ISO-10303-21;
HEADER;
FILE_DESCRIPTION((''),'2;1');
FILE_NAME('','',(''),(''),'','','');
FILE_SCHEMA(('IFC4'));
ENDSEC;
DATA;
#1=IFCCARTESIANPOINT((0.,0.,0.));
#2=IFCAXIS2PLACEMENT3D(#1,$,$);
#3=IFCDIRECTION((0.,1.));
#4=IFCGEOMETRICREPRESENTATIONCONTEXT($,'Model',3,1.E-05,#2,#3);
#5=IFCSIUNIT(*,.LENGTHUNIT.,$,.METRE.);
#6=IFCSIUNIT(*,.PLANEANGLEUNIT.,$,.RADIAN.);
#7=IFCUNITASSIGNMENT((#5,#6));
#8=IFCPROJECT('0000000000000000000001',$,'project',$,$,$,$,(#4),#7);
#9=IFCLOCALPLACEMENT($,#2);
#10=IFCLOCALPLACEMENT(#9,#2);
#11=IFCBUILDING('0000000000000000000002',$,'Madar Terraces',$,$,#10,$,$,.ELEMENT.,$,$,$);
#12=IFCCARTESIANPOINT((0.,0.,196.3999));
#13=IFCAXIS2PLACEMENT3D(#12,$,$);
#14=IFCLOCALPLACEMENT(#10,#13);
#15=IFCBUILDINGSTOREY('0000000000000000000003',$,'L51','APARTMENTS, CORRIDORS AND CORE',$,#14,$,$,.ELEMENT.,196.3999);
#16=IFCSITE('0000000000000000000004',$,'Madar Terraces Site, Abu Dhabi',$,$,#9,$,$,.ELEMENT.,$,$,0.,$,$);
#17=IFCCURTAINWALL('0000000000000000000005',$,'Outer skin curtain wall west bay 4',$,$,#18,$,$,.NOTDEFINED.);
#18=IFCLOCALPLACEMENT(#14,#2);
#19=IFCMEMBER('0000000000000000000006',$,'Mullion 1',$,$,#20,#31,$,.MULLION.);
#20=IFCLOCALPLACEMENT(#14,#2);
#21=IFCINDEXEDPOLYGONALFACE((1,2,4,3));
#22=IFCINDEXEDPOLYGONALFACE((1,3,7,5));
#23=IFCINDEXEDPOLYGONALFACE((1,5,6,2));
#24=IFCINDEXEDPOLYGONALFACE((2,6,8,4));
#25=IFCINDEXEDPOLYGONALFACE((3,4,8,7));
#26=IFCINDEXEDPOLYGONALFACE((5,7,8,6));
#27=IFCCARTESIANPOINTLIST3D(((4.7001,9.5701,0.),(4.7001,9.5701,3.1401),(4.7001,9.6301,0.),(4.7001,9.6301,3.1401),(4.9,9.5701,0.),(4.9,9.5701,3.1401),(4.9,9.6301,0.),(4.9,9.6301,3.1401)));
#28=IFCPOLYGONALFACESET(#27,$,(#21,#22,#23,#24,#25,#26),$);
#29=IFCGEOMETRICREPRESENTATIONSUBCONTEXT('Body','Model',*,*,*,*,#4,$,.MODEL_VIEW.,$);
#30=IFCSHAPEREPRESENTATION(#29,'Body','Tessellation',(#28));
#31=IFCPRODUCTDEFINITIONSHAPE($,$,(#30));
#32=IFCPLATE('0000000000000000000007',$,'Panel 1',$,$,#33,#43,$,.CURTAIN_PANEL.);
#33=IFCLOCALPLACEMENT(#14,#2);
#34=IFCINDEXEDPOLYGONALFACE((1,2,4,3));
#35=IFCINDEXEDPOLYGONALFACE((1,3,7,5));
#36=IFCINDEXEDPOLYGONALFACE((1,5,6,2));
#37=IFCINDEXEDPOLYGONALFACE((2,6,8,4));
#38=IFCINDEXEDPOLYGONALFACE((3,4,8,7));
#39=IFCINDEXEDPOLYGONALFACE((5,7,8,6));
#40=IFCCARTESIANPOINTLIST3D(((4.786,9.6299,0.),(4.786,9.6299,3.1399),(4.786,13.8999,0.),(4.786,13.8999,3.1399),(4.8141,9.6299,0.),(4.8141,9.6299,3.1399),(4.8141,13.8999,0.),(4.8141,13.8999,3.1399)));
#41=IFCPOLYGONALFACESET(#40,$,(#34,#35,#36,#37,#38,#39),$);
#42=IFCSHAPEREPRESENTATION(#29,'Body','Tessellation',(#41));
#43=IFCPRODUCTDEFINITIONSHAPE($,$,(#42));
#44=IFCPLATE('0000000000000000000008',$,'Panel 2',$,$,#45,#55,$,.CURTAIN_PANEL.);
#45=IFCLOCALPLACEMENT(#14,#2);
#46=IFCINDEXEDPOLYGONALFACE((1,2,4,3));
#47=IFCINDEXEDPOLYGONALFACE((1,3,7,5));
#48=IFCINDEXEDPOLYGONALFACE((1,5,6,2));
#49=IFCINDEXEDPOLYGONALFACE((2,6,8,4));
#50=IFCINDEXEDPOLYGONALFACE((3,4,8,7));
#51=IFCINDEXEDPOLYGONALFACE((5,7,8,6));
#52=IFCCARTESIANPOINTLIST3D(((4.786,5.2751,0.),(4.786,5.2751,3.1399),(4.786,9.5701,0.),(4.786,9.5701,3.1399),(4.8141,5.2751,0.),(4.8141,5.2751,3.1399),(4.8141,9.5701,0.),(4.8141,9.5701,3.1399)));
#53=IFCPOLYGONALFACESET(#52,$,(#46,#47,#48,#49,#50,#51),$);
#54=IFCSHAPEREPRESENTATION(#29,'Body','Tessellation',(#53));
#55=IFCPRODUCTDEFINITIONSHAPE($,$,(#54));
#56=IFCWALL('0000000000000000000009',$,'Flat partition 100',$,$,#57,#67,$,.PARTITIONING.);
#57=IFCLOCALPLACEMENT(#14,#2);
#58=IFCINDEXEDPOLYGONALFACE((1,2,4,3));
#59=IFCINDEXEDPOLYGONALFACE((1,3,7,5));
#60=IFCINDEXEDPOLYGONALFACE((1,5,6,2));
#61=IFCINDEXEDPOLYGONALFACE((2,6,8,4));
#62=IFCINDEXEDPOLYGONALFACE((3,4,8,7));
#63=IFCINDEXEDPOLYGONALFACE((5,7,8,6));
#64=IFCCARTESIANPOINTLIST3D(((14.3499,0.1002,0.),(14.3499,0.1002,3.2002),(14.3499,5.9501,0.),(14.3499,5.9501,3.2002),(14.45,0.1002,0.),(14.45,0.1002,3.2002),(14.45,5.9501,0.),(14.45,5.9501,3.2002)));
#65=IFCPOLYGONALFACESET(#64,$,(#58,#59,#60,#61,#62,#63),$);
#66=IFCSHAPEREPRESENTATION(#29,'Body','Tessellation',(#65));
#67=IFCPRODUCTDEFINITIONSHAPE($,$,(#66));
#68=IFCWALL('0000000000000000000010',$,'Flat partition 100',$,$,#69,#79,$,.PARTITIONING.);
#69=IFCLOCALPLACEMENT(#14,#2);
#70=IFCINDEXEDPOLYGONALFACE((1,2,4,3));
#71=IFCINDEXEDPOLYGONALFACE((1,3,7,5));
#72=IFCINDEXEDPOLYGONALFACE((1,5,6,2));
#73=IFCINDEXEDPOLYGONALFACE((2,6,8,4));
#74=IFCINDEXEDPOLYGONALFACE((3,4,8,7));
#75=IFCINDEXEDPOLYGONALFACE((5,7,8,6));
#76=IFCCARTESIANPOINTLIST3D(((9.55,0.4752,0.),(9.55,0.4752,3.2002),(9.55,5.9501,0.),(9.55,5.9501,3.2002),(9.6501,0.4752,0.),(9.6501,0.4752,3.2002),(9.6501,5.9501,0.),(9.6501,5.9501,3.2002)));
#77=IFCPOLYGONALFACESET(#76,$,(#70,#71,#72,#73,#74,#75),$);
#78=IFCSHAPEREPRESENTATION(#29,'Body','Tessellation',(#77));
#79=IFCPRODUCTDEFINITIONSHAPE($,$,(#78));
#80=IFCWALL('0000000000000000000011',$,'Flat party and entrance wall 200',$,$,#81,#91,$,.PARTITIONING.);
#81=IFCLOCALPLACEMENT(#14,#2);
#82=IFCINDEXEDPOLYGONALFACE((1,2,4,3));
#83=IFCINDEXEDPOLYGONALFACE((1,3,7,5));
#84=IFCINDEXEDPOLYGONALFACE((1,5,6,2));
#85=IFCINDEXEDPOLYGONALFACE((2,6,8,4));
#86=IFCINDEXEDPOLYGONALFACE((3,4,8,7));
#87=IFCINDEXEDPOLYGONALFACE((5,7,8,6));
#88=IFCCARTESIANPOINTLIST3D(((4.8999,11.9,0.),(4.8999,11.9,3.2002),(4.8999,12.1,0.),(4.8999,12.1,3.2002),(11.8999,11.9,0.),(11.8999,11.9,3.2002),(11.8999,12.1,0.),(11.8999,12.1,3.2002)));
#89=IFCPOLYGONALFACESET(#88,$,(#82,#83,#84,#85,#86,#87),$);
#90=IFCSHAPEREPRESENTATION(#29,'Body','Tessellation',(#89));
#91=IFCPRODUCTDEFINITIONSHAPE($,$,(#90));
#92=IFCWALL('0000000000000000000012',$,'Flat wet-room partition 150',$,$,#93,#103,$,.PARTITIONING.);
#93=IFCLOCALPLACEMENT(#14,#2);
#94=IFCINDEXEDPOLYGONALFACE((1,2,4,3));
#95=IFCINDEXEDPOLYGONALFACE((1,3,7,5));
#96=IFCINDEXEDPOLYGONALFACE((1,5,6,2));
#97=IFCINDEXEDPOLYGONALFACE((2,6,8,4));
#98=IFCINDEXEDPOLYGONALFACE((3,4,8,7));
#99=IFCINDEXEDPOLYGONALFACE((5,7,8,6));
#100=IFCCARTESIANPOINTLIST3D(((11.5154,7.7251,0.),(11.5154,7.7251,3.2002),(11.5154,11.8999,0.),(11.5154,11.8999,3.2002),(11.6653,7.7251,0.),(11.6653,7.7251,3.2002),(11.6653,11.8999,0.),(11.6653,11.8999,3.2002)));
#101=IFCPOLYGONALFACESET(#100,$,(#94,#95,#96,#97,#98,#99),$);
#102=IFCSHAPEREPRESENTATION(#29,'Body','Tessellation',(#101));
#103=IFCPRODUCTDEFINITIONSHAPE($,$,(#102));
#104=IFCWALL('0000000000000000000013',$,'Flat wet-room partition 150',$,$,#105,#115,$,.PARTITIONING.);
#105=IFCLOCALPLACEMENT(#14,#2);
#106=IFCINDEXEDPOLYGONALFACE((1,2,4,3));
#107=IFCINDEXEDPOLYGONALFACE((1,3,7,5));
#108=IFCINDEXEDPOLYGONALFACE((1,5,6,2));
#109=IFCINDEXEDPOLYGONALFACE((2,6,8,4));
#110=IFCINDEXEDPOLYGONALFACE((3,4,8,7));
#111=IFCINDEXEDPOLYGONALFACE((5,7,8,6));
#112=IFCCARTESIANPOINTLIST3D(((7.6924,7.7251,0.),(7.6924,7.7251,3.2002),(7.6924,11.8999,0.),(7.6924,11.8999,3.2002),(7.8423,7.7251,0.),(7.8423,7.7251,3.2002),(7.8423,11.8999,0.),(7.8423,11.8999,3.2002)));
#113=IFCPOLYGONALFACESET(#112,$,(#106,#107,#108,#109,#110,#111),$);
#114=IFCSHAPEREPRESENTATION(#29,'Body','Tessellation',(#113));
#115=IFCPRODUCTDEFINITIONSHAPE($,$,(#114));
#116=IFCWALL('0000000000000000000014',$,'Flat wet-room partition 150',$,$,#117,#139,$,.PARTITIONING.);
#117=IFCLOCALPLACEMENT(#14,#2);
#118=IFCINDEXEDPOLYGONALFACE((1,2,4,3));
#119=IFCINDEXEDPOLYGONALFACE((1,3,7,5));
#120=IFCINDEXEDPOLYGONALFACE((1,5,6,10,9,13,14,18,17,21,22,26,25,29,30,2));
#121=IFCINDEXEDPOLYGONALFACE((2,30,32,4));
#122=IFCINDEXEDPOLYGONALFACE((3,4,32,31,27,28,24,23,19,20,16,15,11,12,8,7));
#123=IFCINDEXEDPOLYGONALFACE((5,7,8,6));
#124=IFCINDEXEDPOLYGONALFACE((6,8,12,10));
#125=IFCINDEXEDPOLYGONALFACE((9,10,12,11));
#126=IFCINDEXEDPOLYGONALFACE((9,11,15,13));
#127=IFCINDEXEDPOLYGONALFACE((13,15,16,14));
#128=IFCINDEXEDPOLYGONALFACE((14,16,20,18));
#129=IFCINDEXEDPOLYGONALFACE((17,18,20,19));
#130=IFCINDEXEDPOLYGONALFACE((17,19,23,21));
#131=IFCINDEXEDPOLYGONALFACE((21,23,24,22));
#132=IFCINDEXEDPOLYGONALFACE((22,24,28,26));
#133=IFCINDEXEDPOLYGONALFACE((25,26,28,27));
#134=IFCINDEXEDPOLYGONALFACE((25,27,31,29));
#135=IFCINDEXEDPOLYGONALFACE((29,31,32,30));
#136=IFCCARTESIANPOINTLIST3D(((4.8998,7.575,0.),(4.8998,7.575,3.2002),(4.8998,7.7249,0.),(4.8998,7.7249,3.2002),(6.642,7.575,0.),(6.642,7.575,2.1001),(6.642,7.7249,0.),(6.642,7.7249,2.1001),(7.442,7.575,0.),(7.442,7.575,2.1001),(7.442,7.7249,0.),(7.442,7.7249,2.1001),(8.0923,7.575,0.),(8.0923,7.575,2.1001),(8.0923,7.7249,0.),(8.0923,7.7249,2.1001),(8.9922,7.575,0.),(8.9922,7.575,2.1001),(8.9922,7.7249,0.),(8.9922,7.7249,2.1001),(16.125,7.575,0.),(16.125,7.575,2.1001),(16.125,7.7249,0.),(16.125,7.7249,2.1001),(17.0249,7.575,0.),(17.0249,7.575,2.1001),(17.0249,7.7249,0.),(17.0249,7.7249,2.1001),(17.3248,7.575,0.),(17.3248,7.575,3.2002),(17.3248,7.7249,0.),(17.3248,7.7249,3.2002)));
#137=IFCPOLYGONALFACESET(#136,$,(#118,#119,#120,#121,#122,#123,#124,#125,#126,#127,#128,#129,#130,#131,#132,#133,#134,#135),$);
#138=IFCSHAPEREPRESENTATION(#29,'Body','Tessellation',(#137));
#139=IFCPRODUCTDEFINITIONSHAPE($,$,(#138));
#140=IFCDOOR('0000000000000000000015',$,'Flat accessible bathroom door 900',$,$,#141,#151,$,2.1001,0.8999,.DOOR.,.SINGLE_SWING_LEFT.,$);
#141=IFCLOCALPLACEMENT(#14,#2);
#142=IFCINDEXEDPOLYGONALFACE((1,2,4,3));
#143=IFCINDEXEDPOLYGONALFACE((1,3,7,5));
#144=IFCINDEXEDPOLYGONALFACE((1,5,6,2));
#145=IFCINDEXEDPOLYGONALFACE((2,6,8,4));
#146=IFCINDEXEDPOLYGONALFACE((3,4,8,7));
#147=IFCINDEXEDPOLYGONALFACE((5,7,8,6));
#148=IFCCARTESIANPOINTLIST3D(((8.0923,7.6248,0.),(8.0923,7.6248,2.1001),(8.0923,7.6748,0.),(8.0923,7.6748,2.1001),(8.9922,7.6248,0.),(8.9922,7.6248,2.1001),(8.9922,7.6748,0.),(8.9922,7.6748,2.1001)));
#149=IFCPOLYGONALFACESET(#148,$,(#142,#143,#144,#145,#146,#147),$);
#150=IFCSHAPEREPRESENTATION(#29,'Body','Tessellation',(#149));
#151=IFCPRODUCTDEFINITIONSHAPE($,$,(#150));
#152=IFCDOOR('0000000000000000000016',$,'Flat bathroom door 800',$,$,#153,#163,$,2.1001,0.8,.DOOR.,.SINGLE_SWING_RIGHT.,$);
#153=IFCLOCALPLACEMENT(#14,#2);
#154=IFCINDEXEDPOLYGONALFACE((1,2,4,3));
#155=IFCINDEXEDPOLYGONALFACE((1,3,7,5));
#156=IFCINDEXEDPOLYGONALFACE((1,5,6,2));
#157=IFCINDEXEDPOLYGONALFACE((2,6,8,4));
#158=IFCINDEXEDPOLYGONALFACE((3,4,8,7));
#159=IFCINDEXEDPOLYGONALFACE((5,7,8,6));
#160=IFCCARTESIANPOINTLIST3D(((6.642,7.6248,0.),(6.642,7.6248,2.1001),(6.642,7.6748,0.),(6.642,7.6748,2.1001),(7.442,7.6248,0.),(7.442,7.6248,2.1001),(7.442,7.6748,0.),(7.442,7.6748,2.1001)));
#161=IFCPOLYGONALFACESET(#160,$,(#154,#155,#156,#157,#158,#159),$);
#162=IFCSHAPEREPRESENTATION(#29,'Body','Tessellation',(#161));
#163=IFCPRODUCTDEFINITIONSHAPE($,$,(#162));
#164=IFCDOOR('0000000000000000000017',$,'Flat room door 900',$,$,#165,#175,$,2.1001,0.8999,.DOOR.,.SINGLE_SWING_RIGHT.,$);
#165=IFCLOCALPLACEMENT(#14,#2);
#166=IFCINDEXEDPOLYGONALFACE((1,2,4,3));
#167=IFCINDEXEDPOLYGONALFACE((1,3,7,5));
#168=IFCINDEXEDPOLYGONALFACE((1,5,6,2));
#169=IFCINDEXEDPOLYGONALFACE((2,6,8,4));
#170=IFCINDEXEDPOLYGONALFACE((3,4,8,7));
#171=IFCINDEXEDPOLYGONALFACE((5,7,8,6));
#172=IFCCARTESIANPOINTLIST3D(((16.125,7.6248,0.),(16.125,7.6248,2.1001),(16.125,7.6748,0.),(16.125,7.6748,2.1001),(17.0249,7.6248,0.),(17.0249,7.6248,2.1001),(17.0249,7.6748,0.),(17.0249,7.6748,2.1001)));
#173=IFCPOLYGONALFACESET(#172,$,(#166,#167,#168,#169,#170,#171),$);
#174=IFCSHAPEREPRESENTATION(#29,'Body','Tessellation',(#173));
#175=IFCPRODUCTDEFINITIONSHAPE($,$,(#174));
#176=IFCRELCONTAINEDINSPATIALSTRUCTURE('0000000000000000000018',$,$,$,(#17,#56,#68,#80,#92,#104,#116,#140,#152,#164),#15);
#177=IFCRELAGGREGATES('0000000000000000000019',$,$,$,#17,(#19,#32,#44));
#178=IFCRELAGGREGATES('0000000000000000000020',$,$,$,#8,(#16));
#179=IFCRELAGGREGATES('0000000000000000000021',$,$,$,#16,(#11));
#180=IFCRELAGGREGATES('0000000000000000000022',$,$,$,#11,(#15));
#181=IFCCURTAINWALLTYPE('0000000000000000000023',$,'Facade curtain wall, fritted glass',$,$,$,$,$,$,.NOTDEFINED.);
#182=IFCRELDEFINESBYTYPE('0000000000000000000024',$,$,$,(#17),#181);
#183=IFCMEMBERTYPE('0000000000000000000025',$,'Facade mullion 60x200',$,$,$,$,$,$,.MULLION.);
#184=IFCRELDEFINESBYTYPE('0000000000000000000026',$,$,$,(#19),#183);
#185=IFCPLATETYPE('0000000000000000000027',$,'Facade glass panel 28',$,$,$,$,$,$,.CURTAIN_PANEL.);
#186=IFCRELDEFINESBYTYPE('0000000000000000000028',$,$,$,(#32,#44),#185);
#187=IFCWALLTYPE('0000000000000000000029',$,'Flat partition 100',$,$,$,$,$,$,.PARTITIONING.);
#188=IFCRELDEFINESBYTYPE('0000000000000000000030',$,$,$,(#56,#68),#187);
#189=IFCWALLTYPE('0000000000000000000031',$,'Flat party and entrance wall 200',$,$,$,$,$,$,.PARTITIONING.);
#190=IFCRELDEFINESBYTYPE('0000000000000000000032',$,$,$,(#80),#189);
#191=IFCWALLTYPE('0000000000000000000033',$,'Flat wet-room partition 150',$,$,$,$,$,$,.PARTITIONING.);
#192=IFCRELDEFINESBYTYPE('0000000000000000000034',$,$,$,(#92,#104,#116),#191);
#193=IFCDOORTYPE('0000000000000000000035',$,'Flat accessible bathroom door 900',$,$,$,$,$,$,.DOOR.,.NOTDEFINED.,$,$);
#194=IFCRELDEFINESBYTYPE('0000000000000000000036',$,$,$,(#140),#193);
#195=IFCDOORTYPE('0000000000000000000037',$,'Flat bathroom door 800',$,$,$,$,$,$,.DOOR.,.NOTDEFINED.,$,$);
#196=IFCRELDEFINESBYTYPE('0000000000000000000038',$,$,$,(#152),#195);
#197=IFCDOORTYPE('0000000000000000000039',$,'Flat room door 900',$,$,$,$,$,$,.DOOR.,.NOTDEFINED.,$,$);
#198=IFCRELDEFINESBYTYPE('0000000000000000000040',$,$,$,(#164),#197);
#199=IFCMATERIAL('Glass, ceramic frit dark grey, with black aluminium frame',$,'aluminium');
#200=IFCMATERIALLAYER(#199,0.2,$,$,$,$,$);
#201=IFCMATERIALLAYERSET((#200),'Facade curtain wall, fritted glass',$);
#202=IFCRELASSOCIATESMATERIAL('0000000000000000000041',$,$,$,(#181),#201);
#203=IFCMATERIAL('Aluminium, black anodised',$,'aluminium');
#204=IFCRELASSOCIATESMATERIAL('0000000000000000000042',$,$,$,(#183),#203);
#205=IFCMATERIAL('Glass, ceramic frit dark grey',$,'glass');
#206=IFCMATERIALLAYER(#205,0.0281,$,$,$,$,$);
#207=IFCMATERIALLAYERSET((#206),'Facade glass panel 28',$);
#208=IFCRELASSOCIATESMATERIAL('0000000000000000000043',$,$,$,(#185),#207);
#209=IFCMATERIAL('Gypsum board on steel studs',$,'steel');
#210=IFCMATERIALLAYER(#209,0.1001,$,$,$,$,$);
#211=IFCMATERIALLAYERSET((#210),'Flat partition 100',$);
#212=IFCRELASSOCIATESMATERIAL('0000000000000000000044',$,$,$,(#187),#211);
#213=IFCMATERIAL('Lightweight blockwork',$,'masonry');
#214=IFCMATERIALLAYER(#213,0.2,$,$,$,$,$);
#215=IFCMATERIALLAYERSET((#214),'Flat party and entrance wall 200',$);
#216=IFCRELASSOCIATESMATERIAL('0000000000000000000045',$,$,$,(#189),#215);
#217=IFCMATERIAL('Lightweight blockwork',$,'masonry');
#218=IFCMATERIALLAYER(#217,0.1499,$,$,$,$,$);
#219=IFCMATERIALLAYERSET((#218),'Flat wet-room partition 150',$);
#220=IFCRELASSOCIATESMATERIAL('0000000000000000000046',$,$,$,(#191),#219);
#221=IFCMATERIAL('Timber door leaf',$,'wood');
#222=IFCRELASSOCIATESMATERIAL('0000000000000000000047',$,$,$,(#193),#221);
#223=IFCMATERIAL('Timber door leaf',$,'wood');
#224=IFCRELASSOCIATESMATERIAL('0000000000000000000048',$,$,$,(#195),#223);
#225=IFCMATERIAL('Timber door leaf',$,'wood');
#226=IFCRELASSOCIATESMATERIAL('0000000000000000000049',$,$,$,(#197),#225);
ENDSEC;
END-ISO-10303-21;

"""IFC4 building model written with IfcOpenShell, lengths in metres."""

from ifc_helpers import new_model, si_unit, direction, frame, frame_2d, origin, origin_2d, place, context, subcontext, project, spatial, rectangle, extrude, material, layer, layer_set, material_profile, profile_set, type_object, element, fill, aggregate, save


model = new_model("IFC4")

# Units and contexts
model_context = context("Model", 3, precision=1e-05, world=origin(), true_north=direction((0.0, 1.0)))
body_context = subcontext(model_context, "Body", "Model", "MODEL_VIEW")
ifc_project = project(units=[si_unit("LENGTHUNIT", "METRE"), si_unit("PLANEANGLEUNIT", "RADIAN")], contexts=[model_context])

# Site, building, storey
site_placement = place(None, origin())
site = spatial("IfcSite", under=ifc_project, at=site_placement, Name="Madar Terraces Site, Abu Dhabi", CompositionType="ELEMENT", RefElevation=0.0)
building_placement = place(site_placement, origin())
building = spatial("IfcBuilding", under=site, at=building_placement, Name="Madar Terraces", CompositionType="ELEMENT")
storey_placement = place(building_placement, frame((0.0, 0.0, 196.3999)))
storey = spatial("IfcBuildingStorey", under=building, at=storey_placement, Name="L51", Description="APARTMENTS, CORRIDORS AND CORE", CompositionType="ELEMENT", Elevation=196.3999)

# Curtain wall, member, plates
ifc_material_1 = material(Name="Glass, ceramic frit dark grey, with black aluminium frame", Category="aluminium")
ifc_layer_1 = layer(ifc_material_1, 0.2)
ifc_layer_set_1 = layer_set([ifc_layer_1], Name="Facade curtain wall, fritted glass")
curtain_wall_type = type_object("IfcCurtainWallType", Name="Facade curtain wall, fritted glass", PredefinedType="NOTDEFINED", material=ifc_layer_set_1)
curtain_wall_placement = place(storey_placement, origin())
curtain_wall = element("IfcCurtainWall", 1, at=curtain_wall_placement, inside=storey, type_object=curtain_wall_type, Name="Outer skin curtain wall west bay 4", PredefinedType="NOTDEFINED")
ifc_material_2 = material(Name="Aluminium, black anodised", Category="aluminium")
ifc_material_profile = material_profile(ifc_material_2, rectangle(XDim=0.2, YDim=0.0601, at=origin_2d()), Name="Facade mullion 60x200")
ifc_profile_set = profile_set([ifc_material_profile], Name="Aluminium, black anodised")
member_type = type_object("IfcMemberType", Name="Facade mullion 60x200", PredefinedType="MULLION", material=ifc_profile_set)
member_placement = place(storey_placement, frame((4.8, 9.6001, 0.0), z_axis=(0.0, 0.0, 1.0), x_axis=(1.0, 0.0, 0.0)))
member = element("IfcMember", 2, at=member_placement, type_object=member_type, Name="Mullion 1", PredefinedType="MULLION", context=body_context, shape_type="SweptSolid", body=[
    extrude(rectangle(XDim=0.2, YDim=0.0601, at=origin_2d()), origin(), (0.0, 0.0, 1.0), 3.1401),
])
ifc_material_3 = material(Name="Glass, ceramic frit dark grey", Category="glass")
ifc_layer_2 = layer(ifc_material_3, 0.0281)
ifc_layer_set_2 = layer_set([ifc_layer_2], Name="Facade glass panel 28")
plate_type = type_object("IfcPlateType", Name="Facade glass panel 28", PredefinedType="CURTAIN_PANEL", material=ifc_layer_set_2)
plate_1_placement = place(storey_placement, frame((4.8, 11.7649, 0.0), z_axis=(0.0, 0.0, 1.0), x_axis=(0.0, -1.0, 0.0)))
plate_1 = element("IfcPlate", 3, at=plate_1_placement, type_object=plate_type, Name="Panel 1", PredefinedType="CURTAIN_PANEL", context=body_context, shape_type="SweptSolid", body=[
    extrude(rectangle(XDim=4.27, YDim=0.0281, at=origin_2d()), origin(), (0.0, 0.0, 1.0), 3.1399),
])
plate_2_placement = place(storey_placement, frame((4.8, 7.4226, 0.0), z_axis=(0.0, 0.0, 1.0), x_axis=(0.0, -1.0, 0.0)))
plate_2 = element("IfcPlate", 4, at=plate_2_placement, type_object=plate_type, Name="Panel 2", PredefinedType="CURTAIN_PANEL", context=body_context, shape_type="SweptSolid", body=[
    extrude(rectangle(XDim=4.2949, YDim=0.0281, at=origin_2d()), origin(), (0.0, 0.0, 1.0), 3.1399),
])
aggregate(curtain_wall, [member, plate_1, plate_2])

# Walls
ifc_material_4 = material(Name="Gypsum board on steel studs", Category="steel")
ifc_layer_3 = layer(ifc_material_4, 0.1001)
ifc_layer_set_3 = layer_set([ifc_layer_3], Name="Flat partition 100")
wall_type_1 = type_object("IfcWallType", Name="Flat partition 100", PredefinedType="PARTITIONING", material=ifc_layer_set_3)
wall_1_placement = place(storey_placement, frame((14.3999, 5.95, 0.0), z_axis=(0.0, 0.0, 1.0), x_axis=(0.0, -1.0, 0.0)))
element("IfcWall", 5, at=wall_1_placement, inside=storey, type_object=wall_type_1, Name="Flat partition 100", PredefinedType="PARTITIONING", context=body_context, shape_type="SweptSolid", body=[
    extrude(rectangle(XDim=5.8499, YDim=0.1001, at=frame_2d((2.9248, 0.0))), origin(), (0.0, 0.0, 1.0), 3.2002),
])
wall_2_placement = place(storey_placement, frame((9.6001, 5.95, 0.0), z_axis=(0.0, 0.0, 1.0), x_axis=(0.0, -1.0, 0.0)))
element("IfcWall", 6, at=wall_2_placement, inside=storey, type_object=wall_type_1, Name="Flat partition 100", PredefinedType="PARTITIONING", context=body_context, shape_type="SweptSolid", body=[
    extrude(rectangle(XDim=5.4749, YDim=0.1001, at=frame_2d((2.7373, 0.0))), origin(), (0.0, 0.0, 1.0), 3.2002),
])
ifc_material_5 = material(Name="Lightweight blockwork", Category="masonry")
ifc_layer_4 = layer(ifc_material_5, 0.2)
ifc_layer_set_4 = layer_set([ifc_layer_4], Name="Flat party and entrance wall 200")
wall_type_2 = type_object("IfcWallType", Name="Flat party and entrance wall 200", PredefinedType="PARTITIONING", material=ifc_layer_set_4)
wall_3_placement = place(storey_placement, frame((4.8999, 12.0, 0.0), z_axis=(0.0, 0.0, 1.0), x_axis=(1.0, 0.0, 0.0)))
element("IfcWall", 7, at=wall_3_placement, inside=storey, type_object=wall_type_2, Name="Flat party and entrance wall 200", PredefinedType="PARTITIONING", context=body_context, shape_type="SweptSolid", body=[
    extrude(rectangle(XDim=7.0, YDim=0.2, at=frame_2d((3.5, 0.0))), origin(), (0.0, 0.0, 1.0), 3.2002),
])
ifc_material_6 = material(Name="Lightweight blockwork", Category="masonry")
ifc_layer_5 = layer(ifc_material_6, 0.1499)
ifc_layer_set_5 = layer_set([ifc_layer_5], Name="Flat wet-room partition 150")
wall_type_3 = type_object("IfcWallType", Name="Flat wet-room partition 150", PredefinedType="PARTITIONING", material=ifc_layer_set_5)
for number, where, z_axis, x_axis, name in (
    (8, (11.5903, 11.8999, 0.0), (0.0, 0.0, 1.0), (0.0, -1.0, 0.0), "Flat wet-room partition 150"),
    (9, (7.7673, 11.8999, 0.0), (0.0, 0.0, 1.0), (0.0, -1.0, 0.0), "Flat wet-room partition 150"),
):
    element("IfcWall", number, at=place(storey_placement, frame(where, z_axis=z_axis, x_axis=x_axis)), inside=storey, type_object=wall_type_3, Name=name, PredefinedType="PARTITIONING", context=body_context, shape_type="SweptSolid", body=[
        extrude(rectangle(XDim=4.1748, YDim=0.1499, at=frame_2d((2.0874, 0.0))), origin(), (0.0, 0.0, 1.0), 3.2002),
    ])

# Wall, openings, doors
wall_4_placement = place(storey_placement, frame((4.8999, 7.6499, 0.0), z_axis=(0.0, 0.0, 1.0), x_axis=(1.0, 0.0, 0.0)))
wall_4 = element("IfcWall", 10, at=wall_4_placement, inside=storey, type_object=wall_type_3, Name="Flat wet-room partition 150", PredefinedType="PARTITIONING", context=body_context, shape_type="SweptSolid", body=[
    extrude(rectangle(XDim=12.425, YDim=0.1499, at=frame_2d((6.2124, 0.0))), origin(), (0.0, 0.0, 1.0), 3.2002),
])
opening_1_placement = place(wall_4_placement, frame((11.2251, 0.0, 0.0)))
opening_1 = element("IfcOpeningElement", 11, at=opening_1_placement, cuts=wall_4, PredefinedType="OPENING", context=body_context, shape_type="SweptSolid", body=[
    extrude(rectangle(XDim=0.8999, YDim=2.1001, at=frame_2d((0.45, 1.05))), frame((0.0, 0.085, 0.0), z_axis=(0.0, -1.0, 0.0), x_axis=(1.0, 0.0, 0.0)), (0.0, 0.0, 1.0), 0.1699),
])
opening_2_placement = place(wall_4_placement, frame((3.1924, 0.0, 0.0)))
opening_2 = element("IfcOpeningElement", 12, at=opening_2_placement, cuts=wall_4, PredefinedType="OPENING", context=body_context, shape_type="SweptSolid", body=[
    extrude(rectangle(XDim=0.8999, YDim=2.1001, at=frame_2d((0.45, 1.05))), frame((0.0, 0.085, 0.0), z_axis=(0.0, -1.0, 0.0), x_axis=(1.0, 0.0, 0.0)), (0.0, 0.0, 1.0), 0.1699),
])
opening_3_placement = place(wall_4_placement, frame((1.7422, 0.0, 0.0)))
opening_3 = element("IfcOpeningElement", 13, at=opening_3_placement, cuts=wall_4, PredefinedType="OPENING", context=body_context, shape_type="SweptSolid", body=[
    extrude(rectangle(XDim=0.8, YDim=2.1001, at=frame_2d((0.3999, 1.05))), frame((0.0, 0.085, 0.0), z_axis=(0.0, -1.0, 0.0), x_axis=(1.0, 0.0, 0.0)), (0.0, 0.0, 1.0), 0.1699),
])
ifc_material_7 = material(Name="Timber door leaf", Category="wood")
door_type_1 = type_object("IfcDoorType", Name="Flat accessible bathroom door 900", OperationType="NOTDEFINED", PredefinedType="DOOR", material=ifc_material_7)
door_1_placement = place(opening_2_placement, origin())
door_1 = element("IfcDoor", 14, at=door_1_placement, inside=storey, type_object=door_type_1, Name="Flat accessible bathroom door 900", OperationType="SINGLE_SWING_LEFT", OverallHeight=2.1001, OverallWidth=0.8999, PredefinedType="DOOR", context=body_context, shape_type="SweptSolid", body=[
    extrude(rectangle(XDim=0.8999, YDim=2.1001, at=frame_2d((0.45, 1.05))), frame((0.0, 0.0249, 0.0), z_axis=(0.0, -1.0, 0.0), x_axis=(1.0, 0.0, 0.0)), (0.0, 0.0, 1.0), 0.05),
])
fill(opening_2, door_1)
ifc_material_8 = material(Name="Timber door leaf", Category="wood")
door_type_2 = type_object("IfcDoorType", Name="Flat bathroom door 800", OperationType="NOTDEFINED", PredefinedType="DOOR", material=ifc_material_8)
door_2_placement = place(opening_3_placement, origin())
door_2 = element("IfcDoor", 15, at=door_2_placement, inside=storey, type_object=door_type_2, Name="Flat bathroom door 800", OperationType="SINGLE_SWING_RIGHT", OverallHeight=2.1001, OverallWidth=0.8, PredefinedType="DOOR", context=body_context, shape_type="SweptSolid", body=[
    extrude(rectangle(XDim=0.8, YDim=2.1001, at=frame_2d((0.3999, 1.05))), frame((0.0, 0.0249, 0.0), z_axis=(0.0, -1.0, 0.0), x_axis=(1.0, 0.0, 0.0)), (0.0, 0.0, 1.0), 0.05),
])
fill(opening_3, door_2)
ifc_material_9 = material(Name="Timber door leaf", Category="wood")
door_type_3 = type_object("IfcDoorType", Name="Flat room door 900", OperationType="NOTDEFINED", PredefinedType="DOOR", material=ifc_material_9)
door_3_placement = place(opening_1_placement, origin())
door_3 = element("IfcDoor", 16, at=door_3_placement, inside=storey, type_object=door_type_3, Name="Flat room door 900", OperationType="SINGLE_SWING_RIGHT", OverallHeight=2.1001, OverallWidth=0.8999, PredefinedType="DOOR", context=body_context, shape_type="SweptSolid", body=[
    extrude(rectangle(XDim=0.8999, YDim=2.1001, at=frame_2d((0.45, 1.05))), frame((0.0, 0.0249, 0.0), z_axis=(0.0, -1.0, 0.0), x_axis=(1.0, 0.0, 0.0)), (0.0, 0.0, 1.0), 0.05),
])
fill(opening_1, door_3)

save(model, "model.ifc")
